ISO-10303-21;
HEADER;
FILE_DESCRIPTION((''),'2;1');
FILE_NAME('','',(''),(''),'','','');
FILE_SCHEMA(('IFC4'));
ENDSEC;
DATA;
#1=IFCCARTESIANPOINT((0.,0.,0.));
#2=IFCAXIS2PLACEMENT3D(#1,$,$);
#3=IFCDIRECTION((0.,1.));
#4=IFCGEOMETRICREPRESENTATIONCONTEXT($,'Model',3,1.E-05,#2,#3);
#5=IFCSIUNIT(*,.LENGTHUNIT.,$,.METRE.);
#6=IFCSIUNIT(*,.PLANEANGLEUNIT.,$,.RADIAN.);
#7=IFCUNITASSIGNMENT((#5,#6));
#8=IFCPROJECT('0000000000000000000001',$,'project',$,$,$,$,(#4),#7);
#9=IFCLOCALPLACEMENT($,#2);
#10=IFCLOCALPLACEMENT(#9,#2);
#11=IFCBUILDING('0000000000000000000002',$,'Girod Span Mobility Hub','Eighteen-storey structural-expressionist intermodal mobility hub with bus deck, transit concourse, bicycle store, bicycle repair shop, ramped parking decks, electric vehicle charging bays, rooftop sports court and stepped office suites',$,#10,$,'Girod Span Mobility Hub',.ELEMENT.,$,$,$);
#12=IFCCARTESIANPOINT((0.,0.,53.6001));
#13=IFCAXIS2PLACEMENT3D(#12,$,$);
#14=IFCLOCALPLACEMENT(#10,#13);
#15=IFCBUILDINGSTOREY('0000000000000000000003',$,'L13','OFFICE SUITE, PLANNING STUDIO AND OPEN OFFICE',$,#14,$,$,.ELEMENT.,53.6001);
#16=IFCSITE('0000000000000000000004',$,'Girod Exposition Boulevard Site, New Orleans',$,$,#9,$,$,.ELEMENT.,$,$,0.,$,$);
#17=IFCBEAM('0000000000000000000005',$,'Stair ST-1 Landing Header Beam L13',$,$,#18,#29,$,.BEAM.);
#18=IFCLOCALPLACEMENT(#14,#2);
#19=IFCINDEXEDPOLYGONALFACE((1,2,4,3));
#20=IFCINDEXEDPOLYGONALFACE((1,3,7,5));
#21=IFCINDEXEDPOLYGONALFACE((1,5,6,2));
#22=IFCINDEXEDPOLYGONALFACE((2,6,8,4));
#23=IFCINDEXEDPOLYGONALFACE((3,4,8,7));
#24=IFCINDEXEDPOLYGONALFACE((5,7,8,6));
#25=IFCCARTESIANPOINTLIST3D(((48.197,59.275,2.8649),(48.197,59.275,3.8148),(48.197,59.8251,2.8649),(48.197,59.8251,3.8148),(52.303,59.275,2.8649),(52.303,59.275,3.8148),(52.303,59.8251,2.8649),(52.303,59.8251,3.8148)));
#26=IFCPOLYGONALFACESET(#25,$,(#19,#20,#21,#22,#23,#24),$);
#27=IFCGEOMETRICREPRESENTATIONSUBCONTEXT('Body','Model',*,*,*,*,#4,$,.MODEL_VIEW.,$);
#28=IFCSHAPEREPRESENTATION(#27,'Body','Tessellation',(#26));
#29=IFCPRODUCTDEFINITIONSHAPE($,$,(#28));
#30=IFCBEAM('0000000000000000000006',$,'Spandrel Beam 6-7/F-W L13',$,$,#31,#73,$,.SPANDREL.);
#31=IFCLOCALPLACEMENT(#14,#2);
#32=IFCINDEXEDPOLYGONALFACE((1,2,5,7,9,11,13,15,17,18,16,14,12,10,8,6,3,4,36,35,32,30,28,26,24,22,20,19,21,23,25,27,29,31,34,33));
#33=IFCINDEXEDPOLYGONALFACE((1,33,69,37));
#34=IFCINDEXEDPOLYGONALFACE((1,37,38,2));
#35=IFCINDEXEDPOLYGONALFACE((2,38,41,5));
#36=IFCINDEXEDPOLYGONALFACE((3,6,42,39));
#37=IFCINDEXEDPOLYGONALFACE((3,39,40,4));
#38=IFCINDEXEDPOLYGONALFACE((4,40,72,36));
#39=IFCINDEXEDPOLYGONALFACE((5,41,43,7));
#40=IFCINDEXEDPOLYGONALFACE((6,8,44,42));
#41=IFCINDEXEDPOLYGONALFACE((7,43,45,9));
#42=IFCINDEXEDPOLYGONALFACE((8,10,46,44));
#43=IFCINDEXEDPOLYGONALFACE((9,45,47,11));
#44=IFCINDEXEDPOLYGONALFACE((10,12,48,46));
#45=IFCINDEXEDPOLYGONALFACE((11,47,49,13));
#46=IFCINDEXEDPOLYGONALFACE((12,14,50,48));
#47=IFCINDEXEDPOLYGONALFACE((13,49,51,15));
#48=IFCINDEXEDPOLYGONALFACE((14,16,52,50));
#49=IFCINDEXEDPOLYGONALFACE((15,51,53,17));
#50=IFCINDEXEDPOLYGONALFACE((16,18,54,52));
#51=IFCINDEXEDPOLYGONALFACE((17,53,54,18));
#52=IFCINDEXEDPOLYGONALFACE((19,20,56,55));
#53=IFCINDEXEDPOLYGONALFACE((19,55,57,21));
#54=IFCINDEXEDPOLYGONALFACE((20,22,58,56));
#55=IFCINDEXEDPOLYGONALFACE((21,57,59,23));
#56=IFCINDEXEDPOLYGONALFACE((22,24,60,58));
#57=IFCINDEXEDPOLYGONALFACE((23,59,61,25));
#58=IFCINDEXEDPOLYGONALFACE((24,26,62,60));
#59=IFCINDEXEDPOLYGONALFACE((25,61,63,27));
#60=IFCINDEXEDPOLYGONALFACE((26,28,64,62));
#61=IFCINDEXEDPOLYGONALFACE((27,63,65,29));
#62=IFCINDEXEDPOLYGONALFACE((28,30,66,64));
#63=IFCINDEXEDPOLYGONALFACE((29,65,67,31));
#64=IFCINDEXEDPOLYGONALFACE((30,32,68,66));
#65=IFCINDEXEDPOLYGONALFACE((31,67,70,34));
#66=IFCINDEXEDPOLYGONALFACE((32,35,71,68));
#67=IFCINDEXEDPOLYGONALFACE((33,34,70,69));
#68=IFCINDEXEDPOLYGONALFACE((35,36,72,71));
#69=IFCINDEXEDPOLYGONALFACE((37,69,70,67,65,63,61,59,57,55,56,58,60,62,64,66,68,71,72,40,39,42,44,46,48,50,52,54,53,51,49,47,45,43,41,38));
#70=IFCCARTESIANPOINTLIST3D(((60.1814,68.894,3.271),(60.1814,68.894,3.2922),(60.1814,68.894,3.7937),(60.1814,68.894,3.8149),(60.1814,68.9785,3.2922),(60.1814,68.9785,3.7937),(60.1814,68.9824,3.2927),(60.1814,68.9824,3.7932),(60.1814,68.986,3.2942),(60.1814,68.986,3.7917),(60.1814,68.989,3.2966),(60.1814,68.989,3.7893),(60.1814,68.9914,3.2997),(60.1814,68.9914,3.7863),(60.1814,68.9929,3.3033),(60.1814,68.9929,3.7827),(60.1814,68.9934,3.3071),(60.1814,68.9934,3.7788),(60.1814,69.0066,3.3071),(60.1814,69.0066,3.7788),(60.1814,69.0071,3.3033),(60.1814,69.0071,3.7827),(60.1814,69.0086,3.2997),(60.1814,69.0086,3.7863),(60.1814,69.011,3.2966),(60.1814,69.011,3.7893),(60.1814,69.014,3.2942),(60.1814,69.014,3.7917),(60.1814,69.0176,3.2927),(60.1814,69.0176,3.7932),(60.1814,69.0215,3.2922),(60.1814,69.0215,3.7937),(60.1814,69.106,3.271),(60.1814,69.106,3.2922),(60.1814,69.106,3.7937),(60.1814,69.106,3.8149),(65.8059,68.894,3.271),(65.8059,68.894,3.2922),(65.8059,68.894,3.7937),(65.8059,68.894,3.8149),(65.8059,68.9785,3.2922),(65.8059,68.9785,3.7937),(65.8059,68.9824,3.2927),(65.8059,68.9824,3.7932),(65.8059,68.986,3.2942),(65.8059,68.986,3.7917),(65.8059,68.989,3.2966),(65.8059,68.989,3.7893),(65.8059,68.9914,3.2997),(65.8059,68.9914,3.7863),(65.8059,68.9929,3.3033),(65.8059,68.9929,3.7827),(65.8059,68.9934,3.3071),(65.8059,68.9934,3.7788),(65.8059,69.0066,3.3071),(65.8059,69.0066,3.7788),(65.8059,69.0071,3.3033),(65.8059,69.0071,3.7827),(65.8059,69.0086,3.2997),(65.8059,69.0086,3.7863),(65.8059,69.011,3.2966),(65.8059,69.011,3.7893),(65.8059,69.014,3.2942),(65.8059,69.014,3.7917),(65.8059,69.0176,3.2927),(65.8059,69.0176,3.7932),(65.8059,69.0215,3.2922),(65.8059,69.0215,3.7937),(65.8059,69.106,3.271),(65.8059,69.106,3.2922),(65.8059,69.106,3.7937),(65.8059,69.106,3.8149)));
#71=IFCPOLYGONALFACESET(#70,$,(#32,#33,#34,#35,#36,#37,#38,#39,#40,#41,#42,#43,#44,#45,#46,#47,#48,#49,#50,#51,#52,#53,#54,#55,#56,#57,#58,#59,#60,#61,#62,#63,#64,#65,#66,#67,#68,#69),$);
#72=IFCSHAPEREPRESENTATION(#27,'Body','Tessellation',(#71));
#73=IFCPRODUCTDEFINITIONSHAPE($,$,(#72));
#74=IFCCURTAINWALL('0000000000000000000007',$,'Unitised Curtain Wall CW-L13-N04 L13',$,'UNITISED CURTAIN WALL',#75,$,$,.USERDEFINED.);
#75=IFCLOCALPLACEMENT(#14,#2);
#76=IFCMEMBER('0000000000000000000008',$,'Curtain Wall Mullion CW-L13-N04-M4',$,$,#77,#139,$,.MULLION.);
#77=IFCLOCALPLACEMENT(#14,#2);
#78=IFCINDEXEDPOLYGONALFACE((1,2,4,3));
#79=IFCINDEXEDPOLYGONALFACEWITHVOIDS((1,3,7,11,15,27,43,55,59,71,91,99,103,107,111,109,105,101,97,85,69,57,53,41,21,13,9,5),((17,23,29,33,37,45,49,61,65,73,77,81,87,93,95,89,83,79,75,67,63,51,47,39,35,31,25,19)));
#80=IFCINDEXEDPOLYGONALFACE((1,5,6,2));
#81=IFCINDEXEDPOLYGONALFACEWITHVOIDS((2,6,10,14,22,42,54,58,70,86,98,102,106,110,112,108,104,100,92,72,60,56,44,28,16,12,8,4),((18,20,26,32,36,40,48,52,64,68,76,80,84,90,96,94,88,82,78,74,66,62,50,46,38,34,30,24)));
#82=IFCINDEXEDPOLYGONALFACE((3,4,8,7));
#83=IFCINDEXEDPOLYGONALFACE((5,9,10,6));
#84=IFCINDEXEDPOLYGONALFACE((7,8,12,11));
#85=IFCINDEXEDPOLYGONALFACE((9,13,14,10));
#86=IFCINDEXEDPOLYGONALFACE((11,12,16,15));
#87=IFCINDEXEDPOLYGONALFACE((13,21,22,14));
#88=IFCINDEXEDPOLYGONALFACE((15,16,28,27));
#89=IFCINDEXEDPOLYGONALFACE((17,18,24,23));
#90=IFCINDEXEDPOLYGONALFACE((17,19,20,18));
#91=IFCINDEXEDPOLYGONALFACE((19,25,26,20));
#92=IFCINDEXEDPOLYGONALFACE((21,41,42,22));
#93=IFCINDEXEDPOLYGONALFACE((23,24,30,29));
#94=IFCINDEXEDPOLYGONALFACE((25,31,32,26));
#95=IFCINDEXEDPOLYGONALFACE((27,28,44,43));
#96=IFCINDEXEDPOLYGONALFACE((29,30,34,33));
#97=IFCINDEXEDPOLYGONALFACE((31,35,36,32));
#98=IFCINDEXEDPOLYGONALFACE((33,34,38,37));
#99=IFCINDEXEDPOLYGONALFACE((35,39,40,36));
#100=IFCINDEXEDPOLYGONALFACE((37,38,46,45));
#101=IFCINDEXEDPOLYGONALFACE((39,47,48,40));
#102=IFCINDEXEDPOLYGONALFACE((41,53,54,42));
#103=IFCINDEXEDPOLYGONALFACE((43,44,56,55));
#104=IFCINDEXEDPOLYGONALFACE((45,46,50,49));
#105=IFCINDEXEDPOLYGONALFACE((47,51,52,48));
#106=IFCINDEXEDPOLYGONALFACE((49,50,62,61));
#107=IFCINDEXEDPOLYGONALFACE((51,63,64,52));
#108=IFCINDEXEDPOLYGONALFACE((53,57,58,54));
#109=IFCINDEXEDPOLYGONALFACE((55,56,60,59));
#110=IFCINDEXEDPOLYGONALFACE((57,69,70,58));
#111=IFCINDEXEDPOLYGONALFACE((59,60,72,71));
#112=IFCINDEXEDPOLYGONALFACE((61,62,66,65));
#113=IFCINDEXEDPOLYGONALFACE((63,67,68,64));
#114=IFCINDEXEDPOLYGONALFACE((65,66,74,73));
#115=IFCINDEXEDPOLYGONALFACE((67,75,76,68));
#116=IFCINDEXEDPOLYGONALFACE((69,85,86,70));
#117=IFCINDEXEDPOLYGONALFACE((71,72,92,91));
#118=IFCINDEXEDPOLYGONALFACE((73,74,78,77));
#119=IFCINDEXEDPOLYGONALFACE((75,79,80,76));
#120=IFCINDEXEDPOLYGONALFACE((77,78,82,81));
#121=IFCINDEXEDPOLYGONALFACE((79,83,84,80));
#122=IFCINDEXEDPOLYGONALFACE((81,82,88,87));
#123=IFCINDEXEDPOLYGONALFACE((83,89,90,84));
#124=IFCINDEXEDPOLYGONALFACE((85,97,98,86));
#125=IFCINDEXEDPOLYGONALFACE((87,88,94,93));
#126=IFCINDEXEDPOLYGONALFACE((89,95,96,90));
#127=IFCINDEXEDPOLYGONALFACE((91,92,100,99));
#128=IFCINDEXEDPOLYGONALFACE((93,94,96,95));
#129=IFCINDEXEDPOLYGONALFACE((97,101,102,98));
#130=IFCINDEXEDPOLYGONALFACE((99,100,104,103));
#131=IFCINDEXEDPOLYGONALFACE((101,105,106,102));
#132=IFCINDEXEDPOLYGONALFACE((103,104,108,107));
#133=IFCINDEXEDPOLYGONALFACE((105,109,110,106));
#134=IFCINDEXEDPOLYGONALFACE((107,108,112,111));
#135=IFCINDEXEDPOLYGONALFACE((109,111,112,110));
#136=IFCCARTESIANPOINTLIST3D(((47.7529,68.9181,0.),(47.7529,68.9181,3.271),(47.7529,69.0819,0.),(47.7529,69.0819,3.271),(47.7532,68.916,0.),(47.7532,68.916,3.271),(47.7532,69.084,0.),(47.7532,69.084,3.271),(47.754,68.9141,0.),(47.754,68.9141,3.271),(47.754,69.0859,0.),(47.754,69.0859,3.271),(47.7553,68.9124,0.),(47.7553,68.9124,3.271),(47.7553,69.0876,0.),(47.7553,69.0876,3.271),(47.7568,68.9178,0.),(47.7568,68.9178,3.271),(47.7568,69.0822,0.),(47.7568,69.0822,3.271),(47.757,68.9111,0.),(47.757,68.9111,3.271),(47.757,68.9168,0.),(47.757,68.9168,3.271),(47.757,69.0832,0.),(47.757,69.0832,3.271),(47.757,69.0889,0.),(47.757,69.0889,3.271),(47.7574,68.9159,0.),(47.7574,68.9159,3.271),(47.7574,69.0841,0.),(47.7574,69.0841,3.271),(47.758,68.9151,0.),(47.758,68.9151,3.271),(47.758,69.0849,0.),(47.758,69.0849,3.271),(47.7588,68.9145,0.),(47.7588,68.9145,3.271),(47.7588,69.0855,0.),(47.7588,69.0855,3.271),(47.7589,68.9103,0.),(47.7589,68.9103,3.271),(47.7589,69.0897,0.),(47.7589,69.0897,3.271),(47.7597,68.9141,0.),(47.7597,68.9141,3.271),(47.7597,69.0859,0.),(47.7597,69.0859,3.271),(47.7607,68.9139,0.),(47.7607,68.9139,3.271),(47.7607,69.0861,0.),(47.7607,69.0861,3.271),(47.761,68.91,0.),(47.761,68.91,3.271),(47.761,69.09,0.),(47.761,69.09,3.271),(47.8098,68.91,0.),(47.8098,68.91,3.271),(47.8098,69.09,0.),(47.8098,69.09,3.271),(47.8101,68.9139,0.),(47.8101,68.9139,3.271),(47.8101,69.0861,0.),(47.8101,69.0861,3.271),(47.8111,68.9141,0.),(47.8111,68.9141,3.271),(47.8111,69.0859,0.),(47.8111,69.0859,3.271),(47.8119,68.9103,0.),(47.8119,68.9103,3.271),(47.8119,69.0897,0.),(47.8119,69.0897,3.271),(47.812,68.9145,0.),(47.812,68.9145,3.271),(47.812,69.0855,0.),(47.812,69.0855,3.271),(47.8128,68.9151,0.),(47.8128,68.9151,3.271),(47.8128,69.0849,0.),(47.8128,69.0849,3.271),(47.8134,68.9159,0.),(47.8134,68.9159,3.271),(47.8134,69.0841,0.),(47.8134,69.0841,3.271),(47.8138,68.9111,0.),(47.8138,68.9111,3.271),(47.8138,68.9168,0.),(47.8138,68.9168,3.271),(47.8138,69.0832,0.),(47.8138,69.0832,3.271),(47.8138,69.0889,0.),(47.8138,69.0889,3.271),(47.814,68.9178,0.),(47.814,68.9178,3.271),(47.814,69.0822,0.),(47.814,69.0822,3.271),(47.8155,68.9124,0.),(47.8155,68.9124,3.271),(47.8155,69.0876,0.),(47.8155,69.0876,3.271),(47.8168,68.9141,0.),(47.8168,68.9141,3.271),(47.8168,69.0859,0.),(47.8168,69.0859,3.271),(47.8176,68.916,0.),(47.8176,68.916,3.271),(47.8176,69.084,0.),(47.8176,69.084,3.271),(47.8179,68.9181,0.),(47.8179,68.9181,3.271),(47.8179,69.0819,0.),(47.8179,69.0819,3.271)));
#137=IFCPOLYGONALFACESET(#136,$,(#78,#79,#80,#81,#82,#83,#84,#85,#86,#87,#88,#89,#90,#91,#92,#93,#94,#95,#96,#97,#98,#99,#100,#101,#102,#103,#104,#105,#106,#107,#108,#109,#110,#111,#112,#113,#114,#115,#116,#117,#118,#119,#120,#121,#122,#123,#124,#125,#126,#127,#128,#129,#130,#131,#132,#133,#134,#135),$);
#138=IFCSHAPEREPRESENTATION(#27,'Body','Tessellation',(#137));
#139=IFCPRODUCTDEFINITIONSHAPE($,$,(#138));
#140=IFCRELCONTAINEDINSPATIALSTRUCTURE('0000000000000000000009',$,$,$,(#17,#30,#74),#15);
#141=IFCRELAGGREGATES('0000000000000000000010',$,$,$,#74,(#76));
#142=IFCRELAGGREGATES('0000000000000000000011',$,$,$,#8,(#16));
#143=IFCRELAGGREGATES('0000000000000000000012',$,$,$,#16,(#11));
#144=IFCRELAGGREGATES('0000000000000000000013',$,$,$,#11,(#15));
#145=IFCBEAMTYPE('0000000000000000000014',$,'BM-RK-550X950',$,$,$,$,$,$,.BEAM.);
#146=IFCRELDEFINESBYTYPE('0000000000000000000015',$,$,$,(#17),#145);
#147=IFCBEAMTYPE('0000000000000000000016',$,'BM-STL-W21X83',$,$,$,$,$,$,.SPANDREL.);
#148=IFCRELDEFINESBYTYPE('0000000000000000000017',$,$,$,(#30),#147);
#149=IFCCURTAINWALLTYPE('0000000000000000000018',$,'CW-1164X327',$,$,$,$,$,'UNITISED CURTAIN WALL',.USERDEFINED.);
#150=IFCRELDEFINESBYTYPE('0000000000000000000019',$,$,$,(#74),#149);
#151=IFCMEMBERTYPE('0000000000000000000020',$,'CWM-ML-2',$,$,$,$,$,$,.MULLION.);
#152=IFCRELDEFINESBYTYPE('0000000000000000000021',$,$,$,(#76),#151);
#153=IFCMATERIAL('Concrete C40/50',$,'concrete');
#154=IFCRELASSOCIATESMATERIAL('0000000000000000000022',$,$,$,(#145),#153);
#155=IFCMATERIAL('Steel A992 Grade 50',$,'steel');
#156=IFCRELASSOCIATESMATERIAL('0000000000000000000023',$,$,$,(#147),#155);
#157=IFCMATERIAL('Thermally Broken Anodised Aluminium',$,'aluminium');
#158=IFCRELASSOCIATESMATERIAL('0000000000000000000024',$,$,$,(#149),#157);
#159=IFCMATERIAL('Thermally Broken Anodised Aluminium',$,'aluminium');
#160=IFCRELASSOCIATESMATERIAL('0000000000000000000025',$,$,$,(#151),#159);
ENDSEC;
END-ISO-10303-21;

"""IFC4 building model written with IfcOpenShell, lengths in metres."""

from ifc_helpers import new_model, si_unit, direction, frame, origin, origin_2d, place, context, subcontext, project, spatial, rectangle, hollow_rectangle, i_section, extrude, material, material_profile, profile_set, type_object, element, aggregate, save


model = new_model("IFC4")

# Units and contexts
model_context = context("Model", 3, precision=1e-05, world=origin(), true_north=direction((0.0, 1.0)))
body_context = subcontext(model_context, "Body", "Model", "MODEL_VIEW")
ifc_project = project(units=[si_unit("LENGTHUNIT", "METRE"), si_unit("PLANEANGLEUNIT", "RADIAN")], contexts=[model_context])

# Site, building, storey
site_placement = place(None, origin())
site = spatial("IfcSite", under=ifc_project, at=site_placement, Name="Girod Exposition Boulevard Site, New Orleans", CompositionType="ELEMENT", RefElevation=0.0)
building_placement = place(site_placement, origin())
building = spatial("IfcBuilding", under=site, at=building_placement, Name="Girod Span Mobility Hub", Description="Eighteen-storey structural-expressionist intermodal mobility hub with bus deck, transit concourse, bicycle store, bicycle repair shop, ramped parking decks, electric vehicle charging bays, rooftop sports court and stepped office suites", LongName="Girod Span Mobility Hub", CompositionType="ELEMENT")
storey_placement = place(building_placement, frame((0.0, 0.0, 53.6001)))
storey = spatial("IfcBuildingStorey", under=building, at=storey_placement, Name="L13", Description="OFFICE SUITE, PLANNING STUDIO AND OPEN OFFICE", CompositionType="ELEMENT", Elevation=53.6001)

# Beams
ifc_material_1 = material(Name="Concrete C40/50", Category="concrete")
ifc_material_profile_1 = material_profile(ifc_material_1, rectangle(XDim=0.55, YDim=0.95, at=origin_2d()), Name="RK-550X950")
ifc_profile_set_1 = profile_set([ifc_material_profile_1], Name="Concrete C40/50")
beam_type_1 = type_object("IfcBeamType", Name="BM-RK-550X950", PredefinedType="BEAM", material=ifc_profile_set_1)
beam_1_placement = place(storey_placement, frame((48.197, 59.55, 3.3398), z_axis=(1.0, 0.0, 0.0), x_axis=(0.0, 1.0, 0.0)))
element("IfcBeam", 1, at=beam_1_placement, inside=storey, type_object=beam_type_1, Name="Stair ST-1 Landing Header Beam L13", PredefinedType="BEAM", context=body_context, shape_type="SweptSolid", body=[
    extrude(rectangle(XDim=0.55, YDim=0.95, at=origin_2d()), origin(), (0.0, 0.0, 1.0), 4.106),
])
ifc_material_2 = material(Name="Steel A992 Grade 50", Category="steel")
ifc_material_profile_2 = material_profile(ifc_material_2, i_section(OverallWidth=0.2119, OverallDepth=0.5439, WebThickness=0.0132, FlangeThickness=0.0212, FilletRadius=0.0149, at=origin_2d()), Name="W21X83")
ifc_profile_set_2 = profile_set([ifc_material_profile_2], Name="Steel A992 Grade 50")
beam_type_2 = type_object("IfcBeamType", Name="BM-STL-W21X83", PredefinedType="SPANDREL", material=ifc_profile_set_2)
beam_2_placement = place(storey_placement, frame((60.1814, 69.0, 3.543), z_axis=(1.0, 0.0, 0.0), x_axis=(0.0, 1.0, 0.0)))
element("IfcBeam", 2, at=beam_2_placement, inside=storey, type_object=beam_type_2, Name="Spandrel Beam 6-7/F-W L13", PredefinedType="SPANDREL", context=body_context, shape_type="SweptSolid", body=[
    extrude(i_section(OverallWidth=0.2119, OverallDepth=0.5439, WebThickness=0.0132, FlangeThickness=0.0212, FilletRadius=0.0149, at=origin_2d()), origin(), (0.0, 0.0, 1.0), 5.6245),
])

# Curtain wall, member
ifc_material_3 = material(Name="Thermally Broken Anodised Aluminium", Category="aluminium")
curtain_wall_type_1 = type_object("IfcCurtainWallType", Name="CW-1164X327", ElementType="UNITISED CURTAIN WALL", PredefinedType="USERDEFINED", material=ifc_material_3)
curtain_wall_1_placement = place(storey_placement, origin())
curtain_wall_1 = element("IfcCurtainWall", 3, at=curtain_wall_1_placement, inside=storey, type_object=curtain_wall_type_1, Name="Unitised Curtain Wall CW-L13-N04 L13", ObjectType="UNITISED CURTAIN WALL", PredefinedType="USERDEFINED")
ifc_material_4 = material(Name="Thermally Broken Anodised Aluminium", Category="aluminium")
ifc_material_profile_3 = material_profile(ifc_material_4, hollow_rectangle(XDim=0.1799, YDim=0.0649, WallThickness=0.0039, InnerFilletRadius=0.0039, OuterFilletRadius=0.0081, at=origin_2d()), Name="CW-ML-65X180")
ifc_profile_set_3 = profile_set([ifc_material_profile_3], Name="Thermally Broken Anodised Aluminium")
member_type_1 = type_object("IfcMemberType", Name="CWM-ML-2", PredefinedType="MULLION", material=ifc_profile_set_3)
member_1_placement = place(storey_placement, frame((47.7854, 69.0, 0.0), z_axis=(0.0, 0.0, 1.0), x_axis=(0.0, 1.0, 0.0)))
member_1 = element("IfcMember", 4, at=member_1_placement, type_object=member_type_1, Name="Curtain Wall Mullion CW-L13-N04-M4", PredefinedType="MULLION", context=body_context, shape_type="SweptSolid", body=[
    extrude(hollow_rectangle(XDim=0.1799, YDim=0.0649, WallThickness=0.0039, InnerFilletRadius=0.0039, OuterFilletRadius=0.0081, at=origin_2d()), origin(), (0.0, 0.0, 1.0), 3.271),
])
aggregate(curtain_wall_1, [member_1])

save(model, "model.ifc")
